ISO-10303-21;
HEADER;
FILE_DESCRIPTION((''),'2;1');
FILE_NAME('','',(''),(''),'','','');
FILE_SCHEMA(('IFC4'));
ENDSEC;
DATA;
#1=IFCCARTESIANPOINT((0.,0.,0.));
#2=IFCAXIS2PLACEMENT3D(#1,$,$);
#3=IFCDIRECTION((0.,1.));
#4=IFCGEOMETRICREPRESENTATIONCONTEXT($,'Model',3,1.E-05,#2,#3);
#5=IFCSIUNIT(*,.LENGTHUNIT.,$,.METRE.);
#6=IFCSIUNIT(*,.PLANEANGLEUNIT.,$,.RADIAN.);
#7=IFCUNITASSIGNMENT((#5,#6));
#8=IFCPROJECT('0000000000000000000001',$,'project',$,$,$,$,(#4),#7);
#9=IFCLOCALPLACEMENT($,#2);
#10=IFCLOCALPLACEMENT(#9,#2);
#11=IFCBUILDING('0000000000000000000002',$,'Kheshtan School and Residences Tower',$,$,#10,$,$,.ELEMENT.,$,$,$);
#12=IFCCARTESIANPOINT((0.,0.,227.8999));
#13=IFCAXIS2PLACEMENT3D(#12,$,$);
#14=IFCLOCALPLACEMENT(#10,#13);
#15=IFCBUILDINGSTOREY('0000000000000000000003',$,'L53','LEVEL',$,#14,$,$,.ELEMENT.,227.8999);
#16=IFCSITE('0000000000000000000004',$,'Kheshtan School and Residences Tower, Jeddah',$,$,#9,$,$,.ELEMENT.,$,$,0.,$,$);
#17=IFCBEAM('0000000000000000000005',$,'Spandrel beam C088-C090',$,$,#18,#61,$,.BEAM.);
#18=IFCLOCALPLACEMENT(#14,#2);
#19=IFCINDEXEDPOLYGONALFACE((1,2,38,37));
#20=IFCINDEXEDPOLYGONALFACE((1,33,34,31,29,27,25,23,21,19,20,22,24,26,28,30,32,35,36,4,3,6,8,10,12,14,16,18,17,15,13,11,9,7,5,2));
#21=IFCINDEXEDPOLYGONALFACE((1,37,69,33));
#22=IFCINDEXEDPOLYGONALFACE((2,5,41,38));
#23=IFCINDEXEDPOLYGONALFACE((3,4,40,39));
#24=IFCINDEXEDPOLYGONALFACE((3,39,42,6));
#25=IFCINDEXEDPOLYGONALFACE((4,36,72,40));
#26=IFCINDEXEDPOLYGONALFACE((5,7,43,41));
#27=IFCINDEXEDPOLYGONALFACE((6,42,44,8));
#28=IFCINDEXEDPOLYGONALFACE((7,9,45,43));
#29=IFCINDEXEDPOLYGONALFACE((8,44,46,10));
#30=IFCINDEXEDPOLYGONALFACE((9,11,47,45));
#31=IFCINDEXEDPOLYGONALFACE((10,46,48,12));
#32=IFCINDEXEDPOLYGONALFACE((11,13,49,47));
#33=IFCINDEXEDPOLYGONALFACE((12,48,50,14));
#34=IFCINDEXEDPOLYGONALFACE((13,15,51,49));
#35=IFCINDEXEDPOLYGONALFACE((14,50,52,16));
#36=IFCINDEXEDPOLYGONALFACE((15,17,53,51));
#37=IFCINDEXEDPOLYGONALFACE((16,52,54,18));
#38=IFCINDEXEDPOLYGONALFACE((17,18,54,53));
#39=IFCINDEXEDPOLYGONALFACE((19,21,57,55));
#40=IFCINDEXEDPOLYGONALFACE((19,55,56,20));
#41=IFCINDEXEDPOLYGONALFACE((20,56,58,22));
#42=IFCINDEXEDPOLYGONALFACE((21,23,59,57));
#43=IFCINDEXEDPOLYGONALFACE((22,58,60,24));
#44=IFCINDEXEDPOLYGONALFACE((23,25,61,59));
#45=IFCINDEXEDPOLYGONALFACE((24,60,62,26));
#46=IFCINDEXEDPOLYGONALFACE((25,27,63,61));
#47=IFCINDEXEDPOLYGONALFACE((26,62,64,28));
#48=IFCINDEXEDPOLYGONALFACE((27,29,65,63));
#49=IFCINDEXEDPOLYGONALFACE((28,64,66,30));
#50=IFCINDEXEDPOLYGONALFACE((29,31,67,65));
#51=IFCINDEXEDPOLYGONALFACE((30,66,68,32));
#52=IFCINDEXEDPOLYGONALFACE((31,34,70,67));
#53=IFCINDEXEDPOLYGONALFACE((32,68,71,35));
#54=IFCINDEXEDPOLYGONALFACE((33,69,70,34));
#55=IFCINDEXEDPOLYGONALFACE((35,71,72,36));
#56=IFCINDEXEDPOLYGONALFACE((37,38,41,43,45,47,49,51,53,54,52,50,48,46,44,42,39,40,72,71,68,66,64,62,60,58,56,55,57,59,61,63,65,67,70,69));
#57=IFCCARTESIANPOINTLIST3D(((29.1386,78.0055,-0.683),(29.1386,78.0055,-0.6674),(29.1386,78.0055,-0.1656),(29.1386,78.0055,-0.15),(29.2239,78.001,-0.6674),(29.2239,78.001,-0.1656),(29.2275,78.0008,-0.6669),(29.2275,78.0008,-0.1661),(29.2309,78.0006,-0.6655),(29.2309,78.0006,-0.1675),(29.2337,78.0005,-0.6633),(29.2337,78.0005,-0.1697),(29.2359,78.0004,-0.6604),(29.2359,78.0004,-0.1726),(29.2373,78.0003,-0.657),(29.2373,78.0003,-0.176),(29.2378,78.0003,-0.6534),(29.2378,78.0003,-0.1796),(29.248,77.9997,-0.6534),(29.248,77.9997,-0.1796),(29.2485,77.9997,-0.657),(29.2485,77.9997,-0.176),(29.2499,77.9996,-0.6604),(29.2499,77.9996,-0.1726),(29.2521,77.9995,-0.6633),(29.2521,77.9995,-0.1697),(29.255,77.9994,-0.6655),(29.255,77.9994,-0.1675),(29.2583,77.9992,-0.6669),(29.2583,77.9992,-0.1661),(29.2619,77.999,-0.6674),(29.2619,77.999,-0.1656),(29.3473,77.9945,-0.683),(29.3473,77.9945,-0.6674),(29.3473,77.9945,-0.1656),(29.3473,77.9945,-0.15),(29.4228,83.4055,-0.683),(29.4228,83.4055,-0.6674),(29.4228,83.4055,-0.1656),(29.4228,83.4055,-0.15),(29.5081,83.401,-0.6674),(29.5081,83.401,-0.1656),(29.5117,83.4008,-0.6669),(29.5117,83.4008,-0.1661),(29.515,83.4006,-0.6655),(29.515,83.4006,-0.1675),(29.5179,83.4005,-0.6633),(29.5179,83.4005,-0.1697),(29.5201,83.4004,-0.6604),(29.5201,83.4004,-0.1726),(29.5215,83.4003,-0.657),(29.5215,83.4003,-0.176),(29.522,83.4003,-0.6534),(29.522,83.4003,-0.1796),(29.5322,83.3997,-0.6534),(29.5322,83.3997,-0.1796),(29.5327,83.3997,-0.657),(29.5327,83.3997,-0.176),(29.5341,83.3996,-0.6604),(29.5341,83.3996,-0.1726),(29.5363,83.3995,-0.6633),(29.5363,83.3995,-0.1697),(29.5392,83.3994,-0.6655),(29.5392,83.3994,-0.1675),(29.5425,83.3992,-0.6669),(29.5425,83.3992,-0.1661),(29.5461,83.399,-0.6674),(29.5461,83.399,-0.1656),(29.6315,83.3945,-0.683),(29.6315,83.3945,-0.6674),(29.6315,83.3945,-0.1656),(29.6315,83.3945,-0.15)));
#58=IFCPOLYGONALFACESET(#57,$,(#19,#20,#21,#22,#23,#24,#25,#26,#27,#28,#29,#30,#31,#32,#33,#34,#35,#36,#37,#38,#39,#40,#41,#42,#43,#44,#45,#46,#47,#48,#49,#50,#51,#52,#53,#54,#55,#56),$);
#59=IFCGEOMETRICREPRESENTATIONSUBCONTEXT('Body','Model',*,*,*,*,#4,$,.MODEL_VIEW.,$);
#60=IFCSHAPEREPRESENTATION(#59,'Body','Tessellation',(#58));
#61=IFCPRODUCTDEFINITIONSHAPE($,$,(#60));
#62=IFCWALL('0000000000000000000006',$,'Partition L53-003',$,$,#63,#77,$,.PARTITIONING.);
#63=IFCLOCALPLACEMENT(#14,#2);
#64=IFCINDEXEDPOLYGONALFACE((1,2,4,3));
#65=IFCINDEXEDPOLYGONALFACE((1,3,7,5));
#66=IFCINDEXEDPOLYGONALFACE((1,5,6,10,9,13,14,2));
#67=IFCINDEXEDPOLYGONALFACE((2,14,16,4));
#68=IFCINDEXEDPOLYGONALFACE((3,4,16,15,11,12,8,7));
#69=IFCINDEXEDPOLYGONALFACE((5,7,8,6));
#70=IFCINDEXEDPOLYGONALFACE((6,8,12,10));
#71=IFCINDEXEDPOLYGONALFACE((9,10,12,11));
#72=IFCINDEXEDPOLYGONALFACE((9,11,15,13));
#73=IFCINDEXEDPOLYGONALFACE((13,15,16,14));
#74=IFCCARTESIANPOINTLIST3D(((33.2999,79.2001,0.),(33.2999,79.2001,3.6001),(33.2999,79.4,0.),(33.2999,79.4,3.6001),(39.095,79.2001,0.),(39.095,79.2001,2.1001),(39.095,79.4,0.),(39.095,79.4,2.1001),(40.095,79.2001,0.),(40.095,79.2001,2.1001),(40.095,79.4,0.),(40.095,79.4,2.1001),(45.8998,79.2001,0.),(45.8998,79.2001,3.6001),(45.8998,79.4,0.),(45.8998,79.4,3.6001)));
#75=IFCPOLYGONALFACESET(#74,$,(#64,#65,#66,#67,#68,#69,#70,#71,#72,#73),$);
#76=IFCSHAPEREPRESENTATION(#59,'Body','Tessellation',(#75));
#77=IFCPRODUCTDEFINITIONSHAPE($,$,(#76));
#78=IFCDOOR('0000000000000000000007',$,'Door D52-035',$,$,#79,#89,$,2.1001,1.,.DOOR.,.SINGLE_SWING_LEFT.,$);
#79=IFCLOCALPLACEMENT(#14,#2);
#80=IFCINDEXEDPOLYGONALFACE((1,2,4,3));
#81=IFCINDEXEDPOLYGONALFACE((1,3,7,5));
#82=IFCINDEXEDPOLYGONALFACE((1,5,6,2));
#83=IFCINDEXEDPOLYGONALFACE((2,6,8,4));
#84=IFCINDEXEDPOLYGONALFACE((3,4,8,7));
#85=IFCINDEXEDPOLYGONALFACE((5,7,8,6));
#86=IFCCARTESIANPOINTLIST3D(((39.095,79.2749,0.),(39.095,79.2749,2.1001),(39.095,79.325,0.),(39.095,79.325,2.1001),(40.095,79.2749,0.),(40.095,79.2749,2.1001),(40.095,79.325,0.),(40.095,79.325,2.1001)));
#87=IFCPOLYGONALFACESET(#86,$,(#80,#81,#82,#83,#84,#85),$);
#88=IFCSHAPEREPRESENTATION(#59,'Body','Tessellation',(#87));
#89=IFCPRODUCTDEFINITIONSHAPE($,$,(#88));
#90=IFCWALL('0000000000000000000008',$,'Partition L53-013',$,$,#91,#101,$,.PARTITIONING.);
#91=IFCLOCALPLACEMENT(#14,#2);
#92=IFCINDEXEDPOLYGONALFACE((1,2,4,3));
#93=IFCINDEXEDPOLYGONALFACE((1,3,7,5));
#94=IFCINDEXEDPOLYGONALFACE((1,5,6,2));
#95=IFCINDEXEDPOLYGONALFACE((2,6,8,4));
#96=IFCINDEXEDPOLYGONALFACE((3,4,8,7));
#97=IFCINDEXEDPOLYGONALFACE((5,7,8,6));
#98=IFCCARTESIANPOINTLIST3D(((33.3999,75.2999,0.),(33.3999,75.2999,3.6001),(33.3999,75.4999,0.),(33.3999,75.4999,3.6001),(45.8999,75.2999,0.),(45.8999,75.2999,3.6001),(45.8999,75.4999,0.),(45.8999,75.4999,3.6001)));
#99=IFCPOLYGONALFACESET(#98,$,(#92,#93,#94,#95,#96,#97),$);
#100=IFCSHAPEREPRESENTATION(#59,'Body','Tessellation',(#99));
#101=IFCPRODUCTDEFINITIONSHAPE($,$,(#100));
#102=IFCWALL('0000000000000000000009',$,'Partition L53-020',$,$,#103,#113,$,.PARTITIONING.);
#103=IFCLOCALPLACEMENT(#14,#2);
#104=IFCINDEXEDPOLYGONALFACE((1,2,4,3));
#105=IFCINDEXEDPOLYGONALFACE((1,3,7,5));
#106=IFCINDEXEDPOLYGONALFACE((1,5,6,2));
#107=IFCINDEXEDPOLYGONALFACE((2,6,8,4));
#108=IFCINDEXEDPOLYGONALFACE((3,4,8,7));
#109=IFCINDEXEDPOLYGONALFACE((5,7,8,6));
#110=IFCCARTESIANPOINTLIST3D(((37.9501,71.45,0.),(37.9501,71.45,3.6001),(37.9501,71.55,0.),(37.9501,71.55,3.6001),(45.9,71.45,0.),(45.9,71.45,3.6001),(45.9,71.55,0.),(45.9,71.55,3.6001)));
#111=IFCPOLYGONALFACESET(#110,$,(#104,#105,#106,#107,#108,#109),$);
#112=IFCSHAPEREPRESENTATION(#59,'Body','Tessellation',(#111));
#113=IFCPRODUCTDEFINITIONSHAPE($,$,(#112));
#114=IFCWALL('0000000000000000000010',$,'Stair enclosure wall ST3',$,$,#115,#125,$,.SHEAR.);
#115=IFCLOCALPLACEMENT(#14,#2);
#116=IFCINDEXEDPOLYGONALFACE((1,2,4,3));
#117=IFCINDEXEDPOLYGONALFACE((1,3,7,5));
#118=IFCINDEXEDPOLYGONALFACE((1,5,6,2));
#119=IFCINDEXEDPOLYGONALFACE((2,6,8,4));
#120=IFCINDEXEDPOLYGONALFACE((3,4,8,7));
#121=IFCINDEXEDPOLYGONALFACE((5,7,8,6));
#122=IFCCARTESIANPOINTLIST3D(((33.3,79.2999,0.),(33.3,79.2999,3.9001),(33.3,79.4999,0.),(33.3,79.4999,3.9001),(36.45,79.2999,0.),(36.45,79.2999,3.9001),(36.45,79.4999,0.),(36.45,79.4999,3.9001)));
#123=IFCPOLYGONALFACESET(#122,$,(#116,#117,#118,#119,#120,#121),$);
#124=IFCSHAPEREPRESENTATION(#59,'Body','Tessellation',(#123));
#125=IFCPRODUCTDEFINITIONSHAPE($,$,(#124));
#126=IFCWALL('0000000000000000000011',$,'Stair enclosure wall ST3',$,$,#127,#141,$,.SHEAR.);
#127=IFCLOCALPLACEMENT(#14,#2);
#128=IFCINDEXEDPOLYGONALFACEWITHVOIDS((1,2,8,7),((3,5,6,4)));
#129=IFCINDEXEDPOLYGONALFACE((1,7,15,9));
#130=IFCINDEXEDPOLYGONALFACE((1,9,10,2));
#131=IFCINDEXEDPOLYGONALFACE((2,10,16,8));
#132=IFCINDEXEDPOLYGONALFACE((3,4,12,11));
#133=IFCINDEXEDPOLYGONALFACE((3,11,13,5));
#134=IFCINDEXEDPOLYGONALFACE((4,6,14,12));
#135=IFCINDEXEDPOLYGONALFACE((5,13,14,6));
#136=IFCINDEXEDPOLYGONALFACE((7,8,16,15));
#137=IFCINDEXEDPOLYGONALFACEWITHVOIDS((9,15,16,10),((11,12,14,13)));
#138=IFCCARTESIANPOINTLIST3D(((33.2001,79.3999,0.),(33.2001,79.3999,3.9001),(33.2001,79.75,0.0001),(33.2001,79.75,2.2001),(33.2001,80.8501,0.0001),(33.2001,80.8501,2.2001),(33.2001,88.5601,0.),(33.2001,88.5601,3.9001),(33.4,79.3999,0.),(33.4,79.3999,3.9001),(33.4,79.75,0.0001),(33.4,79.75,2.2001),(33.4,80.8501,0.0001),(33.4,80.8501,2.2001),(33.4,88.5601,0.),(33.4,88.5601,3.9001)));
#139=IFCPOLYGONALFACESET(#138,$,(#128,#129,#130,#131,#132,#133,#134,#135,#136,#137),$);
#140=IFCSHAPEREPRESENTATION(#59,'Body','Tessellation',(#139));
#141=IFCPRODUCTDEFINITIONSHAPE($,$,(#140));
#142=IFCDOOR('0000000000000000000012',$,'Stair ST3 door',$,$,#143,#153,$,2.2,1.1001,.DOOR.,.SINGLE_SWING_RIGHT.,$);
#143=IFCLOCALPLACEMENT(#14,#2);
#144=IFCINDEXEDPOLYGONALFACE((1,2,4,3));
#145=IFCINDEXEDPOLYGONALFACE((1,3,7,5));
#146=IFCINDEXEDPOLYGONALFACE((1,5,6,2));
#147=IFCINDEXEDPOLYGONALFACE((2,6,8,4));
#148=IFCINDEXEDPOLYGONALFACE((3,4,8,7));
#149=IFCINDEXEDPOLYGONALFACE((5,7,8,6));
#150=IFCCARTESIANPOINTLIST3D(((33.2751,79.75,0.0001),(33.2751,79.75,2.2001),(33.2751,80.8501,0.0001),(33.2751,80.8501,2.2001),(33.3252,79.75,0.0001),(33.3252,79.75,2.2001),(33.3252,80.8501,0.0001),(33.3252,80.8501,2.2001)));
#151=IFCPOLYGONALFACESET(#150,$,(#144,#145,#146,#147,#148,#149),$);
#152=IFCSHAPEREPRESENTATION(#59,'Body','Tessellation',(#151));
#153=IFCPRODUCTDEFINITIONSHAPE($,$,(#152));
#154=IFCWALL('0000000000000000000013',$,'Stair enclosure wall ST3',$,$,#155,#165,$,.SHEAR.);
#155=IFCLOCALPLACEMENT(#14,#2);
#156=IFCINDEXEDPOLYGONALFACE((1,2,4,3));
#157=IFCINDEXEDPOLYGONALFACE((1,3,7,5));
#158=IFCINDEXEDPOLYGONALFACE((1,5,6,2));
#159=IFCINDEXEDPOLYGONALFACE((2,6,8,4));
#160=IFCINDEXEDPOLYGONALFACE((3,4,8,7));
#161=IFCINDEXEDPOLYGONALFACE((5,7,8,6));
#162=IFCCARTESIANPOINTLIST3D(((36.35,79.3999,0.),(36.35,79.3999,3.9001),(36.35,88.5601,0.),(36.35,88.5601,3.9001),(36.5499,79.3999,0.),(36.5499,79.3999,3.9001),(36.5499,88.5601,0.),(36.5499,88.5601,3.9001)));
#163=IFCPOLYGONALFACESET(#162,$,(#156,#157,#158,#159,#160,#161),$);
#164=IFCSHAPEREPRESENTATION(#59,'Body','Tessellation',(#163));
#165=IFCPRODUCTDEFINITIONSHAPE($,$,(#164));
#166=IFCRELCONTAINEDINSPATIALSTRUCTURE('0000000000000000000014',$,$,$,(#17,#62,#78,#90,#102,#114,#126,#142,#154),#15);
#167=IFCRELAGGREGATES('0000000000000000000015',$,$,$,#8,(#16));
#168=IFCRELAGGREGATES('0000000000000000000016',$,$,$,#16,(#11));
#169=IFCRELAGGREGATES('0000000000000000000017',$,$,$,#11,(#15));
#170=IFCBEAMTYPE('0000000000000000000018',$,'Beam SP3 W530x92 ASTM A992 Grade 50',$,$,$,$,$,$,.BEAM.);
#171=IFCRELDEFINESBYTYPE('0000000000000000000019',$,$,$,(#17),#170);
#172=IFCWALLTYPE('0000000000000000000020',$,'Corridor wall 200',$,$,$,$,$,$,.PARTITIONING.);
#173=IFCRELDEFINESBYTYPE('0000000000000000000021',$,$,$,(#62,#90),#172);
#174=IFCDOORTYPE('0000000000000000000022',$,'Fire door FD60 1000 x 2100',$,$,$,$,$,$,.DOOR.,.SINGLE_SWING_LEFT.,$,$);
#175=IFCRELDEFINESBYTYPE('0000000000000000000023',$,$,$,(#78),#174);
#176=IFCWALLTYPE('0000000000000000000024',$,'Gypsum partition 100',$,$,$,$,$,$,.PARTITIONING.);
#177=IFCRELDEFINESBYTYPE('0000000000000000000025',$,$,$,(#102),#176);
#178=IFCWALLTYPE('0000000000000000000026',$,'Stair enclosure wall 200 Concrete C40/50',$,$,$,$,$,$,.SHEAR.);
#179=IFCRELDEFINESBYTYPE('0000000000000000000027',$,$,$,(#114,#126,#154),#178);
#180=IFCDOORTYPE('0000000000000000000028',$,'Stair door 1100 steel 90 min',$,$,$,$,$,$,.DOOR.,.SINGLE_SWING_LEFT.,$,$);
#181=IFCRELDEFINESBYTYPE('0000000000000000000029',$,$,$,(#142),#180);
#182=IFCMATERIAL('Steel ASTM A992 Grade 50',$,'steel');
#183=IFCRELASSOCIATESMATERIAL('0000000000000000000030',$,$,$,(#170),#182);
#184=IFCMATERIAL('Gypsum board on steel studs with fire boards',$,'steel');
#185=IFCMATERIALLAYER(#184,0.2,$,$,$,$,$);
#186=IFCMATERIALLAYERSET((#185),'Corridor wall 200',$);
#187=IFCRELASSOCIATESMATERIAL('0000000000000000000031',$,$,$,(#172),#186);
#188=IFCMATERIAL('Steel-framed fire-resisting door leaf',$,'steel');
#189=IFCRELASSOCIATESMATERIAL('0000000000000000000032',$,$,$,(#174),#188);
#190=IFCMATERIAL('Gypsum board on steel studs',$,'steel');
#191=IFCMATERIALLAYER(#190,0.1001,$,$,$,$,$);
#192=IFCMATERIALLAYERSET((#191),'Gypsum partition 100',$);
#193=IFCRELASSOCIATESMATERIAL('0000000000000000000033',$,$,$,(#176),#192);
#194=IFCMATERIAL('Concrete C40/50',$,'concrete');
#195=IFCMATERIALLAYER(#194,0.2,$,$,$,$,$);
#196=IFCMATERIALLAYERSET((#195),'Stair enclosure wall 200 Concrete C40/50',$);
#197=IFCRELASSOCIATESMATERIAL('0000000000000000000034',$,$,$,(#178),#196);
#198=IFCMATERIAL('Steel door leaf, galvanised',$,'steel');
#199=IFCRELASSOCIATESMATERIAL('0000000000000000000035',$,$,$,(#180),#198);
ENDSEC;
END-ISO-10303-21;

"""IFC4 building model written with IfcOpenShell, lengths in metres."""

from ifc_helpers import new_model, si_unit, direction, frame, frame_2d, origin, origin_2d, place, context, subcontext, project, spatial, rectangle, i_section, extrude, source, transform, mapped, material, layer, layer_set, material_profile, profile_set, type_object, element, fill, save


model = new_model("IFC4")

# Units and contexts
model_context = context("Model", 3, precision=1e-05, world=origin(), true_north=direction((0.0, 1.0)))
body_context = subcontext(model_context, "Body", "Model", "MODEL_VIEW")
ifc_project = project(units=[si_unit("LENGTHUNIT", "METRE"), si_unit("PLANEANGLEUNIT", "RADIAN")], contexts=[model_context])

# Site, building, storey
site_placement = place(None, origin())
site = spatial("IfcSite", under=ifc_project, at=site_placement, Name="Kheshtan School and Residences Tower, Jeddah", CompositionType="ELEMENT", RefElevation=0.0)
building_placement = place(site_placement, origin())
building = spatial("IfcBuilding", under=site, at=building_placement, Name="Kheshtan School and Residences Tower", CompositionType="ELEMENT")
storey_placement = place(building_placement, frame((0.0, 0.0, 227.8999)))
storey = spatial("IfcBuildingStorey", under=building, at=storey_placement, Name="L53", Description="LEVEL", CompositionType="ELEMENT", Elevation=227.8999)

# Shared definitions
ifc_material_1 = material(Name="Steel ASTM A992 Grade 50", Category="steel")

# Beam
ifc_material_profile_1 = material_profile(ifc_material_1, i_section(OverallWidth=0.209, OverallDepth=0.533, WebThickness=0.0103, FlangeThickness=0.0156, FilletRadius=0.0139, at=origin_2d()), Name="W530x92")
ifc_profile_set_1 = profile_set([ifc_material_profile_1], Name="Steel ASTM A992 Grade 50")
beam_type_1 = type_object("IfcBeamType", Name="Beam SP3 W530x92 ASTM A992 Grade 50", PredefinedType="BEAM", material=ifc_profile_set_1)
for number, where, z_axis, x_axis, name in (
    (1, (29.2429, 78.0, -0.4165), (0.052554, 0.998618, 0.0), (-0.998618, 0.052554, 0.0), "Spandrel beam C088-C090"),
):
    element("IfcBeam", number, at=place(storey_placement, frame(where, z_axis=z_axis, x_axis=x_axis)), inside=storey, type_object=beam_type_1, Name=name, PredefinedType="BEAM", context=body_context, shape_type="SweptSolid", body=[
        extrude(i_section(OverallWidth=0.209, OverallDepth=0.533, WebThickness=0.0103, FlangeThickness=0.0156, FilletRadius=0.0139, at=origin_2d()), origin(), (0.0, 0.0, 1.0), 5.4075),
    ])

# Wall, opening, door
ifc_material_2 = material(Name="Gypsum board on steel studs with fire boards", Category="steel")
ifc_layer_1 = layer(ifc_material_2, 0.2)
ifc_layer_set_1 = layer_set([ifc_layer_1], Name="Corridor wall 200")
wall_type_1 = type_object("IfcWallType", Name="Corridor wall 200", PredefinedType="PARTITIONING", material=ifc_layer_set_1)
wall_1_placement = place(storey_placement, frame((33.3, 79.3, 0.0), z_axis=(0.0, 0.0, 1.0), x_axis=(1.0, 0.0, 0.0)))
wall_1 = element("IfcWall", 2, at=wall_1_placement, inside=storey, type_object=wall_type_1, Name="Partition L53-003", PredefinedType="PARTITIONING", context=body_context, shape_type="SweptSolid", body=[
    extrude(rectangle(XDim=12.5999, YDim=0.2, at=frame_2d((6.2998, 0.0))), origin(), (0.0, 0.0, 1.0), 3.6001),
])
opening_1_placement = place(wall_1_placement, frame((5.7949, 0.0, 0.0)))
opening_1 = element("IfcOpeningElement", 3, at=opening_1_placement, cuts=wall_1, PredefinedType="OPENING", context=body_context, shape_type="SweptSolid", body=[
    extrude(rectangle(XDim=1.0, YDim=2.1001, at=frame_2d((0.5, 1.05))), frame((0.0, 0.1099, 0.0), z_axis=(0.0, -1.0, 0.0), x_axis=(1.0, 0.0, 0.0)), (0.0, 0.0, 1.0), 0.22),
])
ifc_material_3 = material(Name="Steel-framed fire-resisting door leaf", Category="steel")
door_type_1 = type_object("IfcDoorType", Name="Fire door FD60 1000 x 2100", OperationType="SINGLE_SWING_LEFT", PredefinedType="DOOR", material=ifc_material_3)
shared_shape_1 = source(origin(), body_context, "Body", "SweptSolid", [
    extrude(rectangle(XDim=1.0, YDim=2.1001, at=frame_2d((0.5, 1.05))), frame((0.0, 0.0249, 0.0), z_axis=(0.0, -1.0, 0.0), x_axis=(1.0, 0.0, 0.0)), (0.0, 0.0, 1.0), 0.05),
])
door_1_placement = place(opening_1_placement, origin())
door_1 = element("IfcDoor", 4, at=door_1_placement, inside=storey, type_object=door_type_1, Name="Door D52-035", OperationType="SINGLE_SWING_LEFT", OverallHeight=2.1001, OverallWidth=1.0, PredefinedType="DOOR", context=body_context, shape_type="MappedRepresentation", body=[
    mapped(shared_shape_1, transform((0.0, 0.0, 0.0), x_axis=(1.0, 0.0, 0.0), y_axis=(0.0, 1.0, 0.0), z_axis=(0.0, 0.0, 1.0), scale=1.0)),
])
fill(opening_1, door_1)

# Wall
wall_2_placement = place(storey_placement, frame((33.3999, 75.3999, 0.0), z_axis=(0.0, 0.0, 1.0), x_axis=(1.0, 0.0, 0.0)))
element("IfcWall", 5, at=wall_2_placement, inside=storey, type_object=wall_type_1, Name="Partition L53-013", PredefinedType="PARTITIONING", context=body_context, shape_type="SweptSolid", body=[
    extrude(rectangle(XDim=12.5, YDim=0.2, at=frame_2d((6.25, 0.0))), origin(), (0.0, 0.0, 1.0), 3.6001),
])

# Walls
ifc_material_4 = material(Name="Gypsum board on steel studs", Category="steel")
ifc_layer_2 = layer(ifc_material_4, 0.1001)
ifc_layer_set_2 = layer_set([ifc_layer_2], Name="Gypsum partition 100")
wall_type_2 = type_object("IfcWallType", Name="Gypsum partition 100", PredefinedType="PARTITIONING", material=ifc_layer_set_2)
wall_3_placement = place(storey_placement, frame((37.95, 71.5, 0.0), z_axis=(0.0, 0.0, 1.0), x_axis=(1.0, 0.0, 0.0)))
element("IfcWall", 6, at=wall_3_placement, inside=storey, type_object=wall_type_2, Name="Partition L53-020", PredefinedType="PARTITIONING", context=body_context, shape_type="SweptSolid", body=[
    extrude(rectangle(XDim=7.95, YDim=0.1001, at=frame_2d((3.9751, 0.0))), origin(), (0.0, 0.0, 1.0), 3.6001),
])
ifc_material_5 = material(Name="Concrete C40/50", Category="concrete")
ifc_layer_3 = layer(ifc_material_5, 0.2)
ifc_layer_set_3 = layer_set([ifc_layer_3], Name="Stair enclosure wall 200 Concrete C40/50")
wall_type_3 = type_object("IfcWallType", Name="Stair enclosure wall 200 Concrete C40/50", PredefinedType="SHEAR", material=ifc_layer_set_3)
wall_4_placement = place(storey_placement, frame((33.3, 79.3999, 0.0), z_axis=(0.0, 0.0, 1.0), x_axis=(1.0, 0.0, 0.0)))
element("IfcWall", 7, at=wall_4_placement, inside=storey, type_object=wall_type_3, Name="Stair enclosure wall ST3", PredefinedType="SHEAR", context=body_context, shape_type="SweptSolid", body=[
    extrude(rectangle(XDim=3.1499, YDim=0.2, at=frame_2d((1.575, 0.0))), origin(), (0.0, 0.0, 1.0), 3.9001),
])

# Wall, opening, door
wall_5_placement = place(storey_placement, frame((33.3, 79.3999, 0.0), z_axis=(0.0, 0.0, 1.0), x_axis=(0.0, 1.0, 0.0)))
wall_5 = element("IfcWall", 8, at=wall_5_placement, inside=storey, type_object=wall_type_3, Name="Stair enclosure wall ST3", PredefinedType="SHEAR", context=body_context, shape_type="SweptSolid", body=[
    extrude(rectangle(XDim=9.1602, YDim=0.2, at=frame_2d((4.5801, 0.0))), origin(), (0.0, 0.0, 1.0), 3.9001),
])
opening_2_placement = place(wall_5_placement, frame((0.3501, 0.0, 0.0)))
opening_2 = element("IfcOpeningElement", 9, at=opening_2_placement, cuts=wall_5, PredefinedType="OPENING", context=body_context, shape_type="SweptSolid", body=[
    extrude(rectangle(XDim=1.1001, YDim=2.2, at=frame_2d((0.55, 1.1001))), frame((0.0, 0.1099, 0.0), z_axis=(0.0, -1.0, 0.0), x_axis=(1.0, 0.0, 0.0)), (0.0, 0.0, 1.0), 0.22),
])
ifc_material_6 = material(Name="Steel door leaf, galvanised", Category="steel")
door_type_2 = type_object("IfcDoorType", Name="Stair door 1100 steel 90 min", OperationType="SINGLE_SWING_LEFT", PredefinedType="DOOR", material=ifc_material_6)
shared_shape_2 = source(origin(), body_context, "Body", "SweptSolid", [
    extrude(rectangle(XDim=1.1001, YDim=2.2, at=frame_2d((0.55, 1.1001))), frame((0.0, 0.0249, 0.0), z_axis=(0.0, -1.0, 0.0), x_axis=(1.0, 0.0, 0.0)), (0.0, 0.0, 1.0), 0.05),
])
door_2_placement = place(opening_2_placement, origin())
door_2 = element("IfcDoor", 10, at=door_2_placement, inside=storey, type_object=door_type_2, Name="Stair ST3 door", OperationType="SINGLE_SWING_RIGHT", OverallHeight=2.2, OverallWidth=1.1001, PredefinedType="DOOR", context=body_context, shape_type="MappedRepresentation", body=[
    mapped(shared_shape_2, transform((0.0, 0.0, 0.0), x_axis=(1.0, 0.0, 0.0), y_axis=(0.0, 1.0, 0.0), z_axis=(0.0, 0.0, 1.0), scale=1.0)),
])
fill(opening_2, door_2)

# Wall
wall_6_placement = place(storey_placement, frame((36.45, 79.3999, 0.0), z_axis=(0.0, 0.0, 1.0), x_axis=(0.0, 1.0, 0.0)))
element("IfcWall", 11, at=wall_6_placement, inside=storey, type_object=wall_type_3, Name="Stair enclosure wall ST3", PredefinedType="SHEAR", context=body_context, shape_type="SweptSolid", body=[
    extrude(rectangle(XDim=9.1602, YDim=0.2, at=frame_2d((4.5801, 0.0))), origin(), (0.0, 0.0, 1.0), 3.9001),
])

save(model, "model.ifc")
